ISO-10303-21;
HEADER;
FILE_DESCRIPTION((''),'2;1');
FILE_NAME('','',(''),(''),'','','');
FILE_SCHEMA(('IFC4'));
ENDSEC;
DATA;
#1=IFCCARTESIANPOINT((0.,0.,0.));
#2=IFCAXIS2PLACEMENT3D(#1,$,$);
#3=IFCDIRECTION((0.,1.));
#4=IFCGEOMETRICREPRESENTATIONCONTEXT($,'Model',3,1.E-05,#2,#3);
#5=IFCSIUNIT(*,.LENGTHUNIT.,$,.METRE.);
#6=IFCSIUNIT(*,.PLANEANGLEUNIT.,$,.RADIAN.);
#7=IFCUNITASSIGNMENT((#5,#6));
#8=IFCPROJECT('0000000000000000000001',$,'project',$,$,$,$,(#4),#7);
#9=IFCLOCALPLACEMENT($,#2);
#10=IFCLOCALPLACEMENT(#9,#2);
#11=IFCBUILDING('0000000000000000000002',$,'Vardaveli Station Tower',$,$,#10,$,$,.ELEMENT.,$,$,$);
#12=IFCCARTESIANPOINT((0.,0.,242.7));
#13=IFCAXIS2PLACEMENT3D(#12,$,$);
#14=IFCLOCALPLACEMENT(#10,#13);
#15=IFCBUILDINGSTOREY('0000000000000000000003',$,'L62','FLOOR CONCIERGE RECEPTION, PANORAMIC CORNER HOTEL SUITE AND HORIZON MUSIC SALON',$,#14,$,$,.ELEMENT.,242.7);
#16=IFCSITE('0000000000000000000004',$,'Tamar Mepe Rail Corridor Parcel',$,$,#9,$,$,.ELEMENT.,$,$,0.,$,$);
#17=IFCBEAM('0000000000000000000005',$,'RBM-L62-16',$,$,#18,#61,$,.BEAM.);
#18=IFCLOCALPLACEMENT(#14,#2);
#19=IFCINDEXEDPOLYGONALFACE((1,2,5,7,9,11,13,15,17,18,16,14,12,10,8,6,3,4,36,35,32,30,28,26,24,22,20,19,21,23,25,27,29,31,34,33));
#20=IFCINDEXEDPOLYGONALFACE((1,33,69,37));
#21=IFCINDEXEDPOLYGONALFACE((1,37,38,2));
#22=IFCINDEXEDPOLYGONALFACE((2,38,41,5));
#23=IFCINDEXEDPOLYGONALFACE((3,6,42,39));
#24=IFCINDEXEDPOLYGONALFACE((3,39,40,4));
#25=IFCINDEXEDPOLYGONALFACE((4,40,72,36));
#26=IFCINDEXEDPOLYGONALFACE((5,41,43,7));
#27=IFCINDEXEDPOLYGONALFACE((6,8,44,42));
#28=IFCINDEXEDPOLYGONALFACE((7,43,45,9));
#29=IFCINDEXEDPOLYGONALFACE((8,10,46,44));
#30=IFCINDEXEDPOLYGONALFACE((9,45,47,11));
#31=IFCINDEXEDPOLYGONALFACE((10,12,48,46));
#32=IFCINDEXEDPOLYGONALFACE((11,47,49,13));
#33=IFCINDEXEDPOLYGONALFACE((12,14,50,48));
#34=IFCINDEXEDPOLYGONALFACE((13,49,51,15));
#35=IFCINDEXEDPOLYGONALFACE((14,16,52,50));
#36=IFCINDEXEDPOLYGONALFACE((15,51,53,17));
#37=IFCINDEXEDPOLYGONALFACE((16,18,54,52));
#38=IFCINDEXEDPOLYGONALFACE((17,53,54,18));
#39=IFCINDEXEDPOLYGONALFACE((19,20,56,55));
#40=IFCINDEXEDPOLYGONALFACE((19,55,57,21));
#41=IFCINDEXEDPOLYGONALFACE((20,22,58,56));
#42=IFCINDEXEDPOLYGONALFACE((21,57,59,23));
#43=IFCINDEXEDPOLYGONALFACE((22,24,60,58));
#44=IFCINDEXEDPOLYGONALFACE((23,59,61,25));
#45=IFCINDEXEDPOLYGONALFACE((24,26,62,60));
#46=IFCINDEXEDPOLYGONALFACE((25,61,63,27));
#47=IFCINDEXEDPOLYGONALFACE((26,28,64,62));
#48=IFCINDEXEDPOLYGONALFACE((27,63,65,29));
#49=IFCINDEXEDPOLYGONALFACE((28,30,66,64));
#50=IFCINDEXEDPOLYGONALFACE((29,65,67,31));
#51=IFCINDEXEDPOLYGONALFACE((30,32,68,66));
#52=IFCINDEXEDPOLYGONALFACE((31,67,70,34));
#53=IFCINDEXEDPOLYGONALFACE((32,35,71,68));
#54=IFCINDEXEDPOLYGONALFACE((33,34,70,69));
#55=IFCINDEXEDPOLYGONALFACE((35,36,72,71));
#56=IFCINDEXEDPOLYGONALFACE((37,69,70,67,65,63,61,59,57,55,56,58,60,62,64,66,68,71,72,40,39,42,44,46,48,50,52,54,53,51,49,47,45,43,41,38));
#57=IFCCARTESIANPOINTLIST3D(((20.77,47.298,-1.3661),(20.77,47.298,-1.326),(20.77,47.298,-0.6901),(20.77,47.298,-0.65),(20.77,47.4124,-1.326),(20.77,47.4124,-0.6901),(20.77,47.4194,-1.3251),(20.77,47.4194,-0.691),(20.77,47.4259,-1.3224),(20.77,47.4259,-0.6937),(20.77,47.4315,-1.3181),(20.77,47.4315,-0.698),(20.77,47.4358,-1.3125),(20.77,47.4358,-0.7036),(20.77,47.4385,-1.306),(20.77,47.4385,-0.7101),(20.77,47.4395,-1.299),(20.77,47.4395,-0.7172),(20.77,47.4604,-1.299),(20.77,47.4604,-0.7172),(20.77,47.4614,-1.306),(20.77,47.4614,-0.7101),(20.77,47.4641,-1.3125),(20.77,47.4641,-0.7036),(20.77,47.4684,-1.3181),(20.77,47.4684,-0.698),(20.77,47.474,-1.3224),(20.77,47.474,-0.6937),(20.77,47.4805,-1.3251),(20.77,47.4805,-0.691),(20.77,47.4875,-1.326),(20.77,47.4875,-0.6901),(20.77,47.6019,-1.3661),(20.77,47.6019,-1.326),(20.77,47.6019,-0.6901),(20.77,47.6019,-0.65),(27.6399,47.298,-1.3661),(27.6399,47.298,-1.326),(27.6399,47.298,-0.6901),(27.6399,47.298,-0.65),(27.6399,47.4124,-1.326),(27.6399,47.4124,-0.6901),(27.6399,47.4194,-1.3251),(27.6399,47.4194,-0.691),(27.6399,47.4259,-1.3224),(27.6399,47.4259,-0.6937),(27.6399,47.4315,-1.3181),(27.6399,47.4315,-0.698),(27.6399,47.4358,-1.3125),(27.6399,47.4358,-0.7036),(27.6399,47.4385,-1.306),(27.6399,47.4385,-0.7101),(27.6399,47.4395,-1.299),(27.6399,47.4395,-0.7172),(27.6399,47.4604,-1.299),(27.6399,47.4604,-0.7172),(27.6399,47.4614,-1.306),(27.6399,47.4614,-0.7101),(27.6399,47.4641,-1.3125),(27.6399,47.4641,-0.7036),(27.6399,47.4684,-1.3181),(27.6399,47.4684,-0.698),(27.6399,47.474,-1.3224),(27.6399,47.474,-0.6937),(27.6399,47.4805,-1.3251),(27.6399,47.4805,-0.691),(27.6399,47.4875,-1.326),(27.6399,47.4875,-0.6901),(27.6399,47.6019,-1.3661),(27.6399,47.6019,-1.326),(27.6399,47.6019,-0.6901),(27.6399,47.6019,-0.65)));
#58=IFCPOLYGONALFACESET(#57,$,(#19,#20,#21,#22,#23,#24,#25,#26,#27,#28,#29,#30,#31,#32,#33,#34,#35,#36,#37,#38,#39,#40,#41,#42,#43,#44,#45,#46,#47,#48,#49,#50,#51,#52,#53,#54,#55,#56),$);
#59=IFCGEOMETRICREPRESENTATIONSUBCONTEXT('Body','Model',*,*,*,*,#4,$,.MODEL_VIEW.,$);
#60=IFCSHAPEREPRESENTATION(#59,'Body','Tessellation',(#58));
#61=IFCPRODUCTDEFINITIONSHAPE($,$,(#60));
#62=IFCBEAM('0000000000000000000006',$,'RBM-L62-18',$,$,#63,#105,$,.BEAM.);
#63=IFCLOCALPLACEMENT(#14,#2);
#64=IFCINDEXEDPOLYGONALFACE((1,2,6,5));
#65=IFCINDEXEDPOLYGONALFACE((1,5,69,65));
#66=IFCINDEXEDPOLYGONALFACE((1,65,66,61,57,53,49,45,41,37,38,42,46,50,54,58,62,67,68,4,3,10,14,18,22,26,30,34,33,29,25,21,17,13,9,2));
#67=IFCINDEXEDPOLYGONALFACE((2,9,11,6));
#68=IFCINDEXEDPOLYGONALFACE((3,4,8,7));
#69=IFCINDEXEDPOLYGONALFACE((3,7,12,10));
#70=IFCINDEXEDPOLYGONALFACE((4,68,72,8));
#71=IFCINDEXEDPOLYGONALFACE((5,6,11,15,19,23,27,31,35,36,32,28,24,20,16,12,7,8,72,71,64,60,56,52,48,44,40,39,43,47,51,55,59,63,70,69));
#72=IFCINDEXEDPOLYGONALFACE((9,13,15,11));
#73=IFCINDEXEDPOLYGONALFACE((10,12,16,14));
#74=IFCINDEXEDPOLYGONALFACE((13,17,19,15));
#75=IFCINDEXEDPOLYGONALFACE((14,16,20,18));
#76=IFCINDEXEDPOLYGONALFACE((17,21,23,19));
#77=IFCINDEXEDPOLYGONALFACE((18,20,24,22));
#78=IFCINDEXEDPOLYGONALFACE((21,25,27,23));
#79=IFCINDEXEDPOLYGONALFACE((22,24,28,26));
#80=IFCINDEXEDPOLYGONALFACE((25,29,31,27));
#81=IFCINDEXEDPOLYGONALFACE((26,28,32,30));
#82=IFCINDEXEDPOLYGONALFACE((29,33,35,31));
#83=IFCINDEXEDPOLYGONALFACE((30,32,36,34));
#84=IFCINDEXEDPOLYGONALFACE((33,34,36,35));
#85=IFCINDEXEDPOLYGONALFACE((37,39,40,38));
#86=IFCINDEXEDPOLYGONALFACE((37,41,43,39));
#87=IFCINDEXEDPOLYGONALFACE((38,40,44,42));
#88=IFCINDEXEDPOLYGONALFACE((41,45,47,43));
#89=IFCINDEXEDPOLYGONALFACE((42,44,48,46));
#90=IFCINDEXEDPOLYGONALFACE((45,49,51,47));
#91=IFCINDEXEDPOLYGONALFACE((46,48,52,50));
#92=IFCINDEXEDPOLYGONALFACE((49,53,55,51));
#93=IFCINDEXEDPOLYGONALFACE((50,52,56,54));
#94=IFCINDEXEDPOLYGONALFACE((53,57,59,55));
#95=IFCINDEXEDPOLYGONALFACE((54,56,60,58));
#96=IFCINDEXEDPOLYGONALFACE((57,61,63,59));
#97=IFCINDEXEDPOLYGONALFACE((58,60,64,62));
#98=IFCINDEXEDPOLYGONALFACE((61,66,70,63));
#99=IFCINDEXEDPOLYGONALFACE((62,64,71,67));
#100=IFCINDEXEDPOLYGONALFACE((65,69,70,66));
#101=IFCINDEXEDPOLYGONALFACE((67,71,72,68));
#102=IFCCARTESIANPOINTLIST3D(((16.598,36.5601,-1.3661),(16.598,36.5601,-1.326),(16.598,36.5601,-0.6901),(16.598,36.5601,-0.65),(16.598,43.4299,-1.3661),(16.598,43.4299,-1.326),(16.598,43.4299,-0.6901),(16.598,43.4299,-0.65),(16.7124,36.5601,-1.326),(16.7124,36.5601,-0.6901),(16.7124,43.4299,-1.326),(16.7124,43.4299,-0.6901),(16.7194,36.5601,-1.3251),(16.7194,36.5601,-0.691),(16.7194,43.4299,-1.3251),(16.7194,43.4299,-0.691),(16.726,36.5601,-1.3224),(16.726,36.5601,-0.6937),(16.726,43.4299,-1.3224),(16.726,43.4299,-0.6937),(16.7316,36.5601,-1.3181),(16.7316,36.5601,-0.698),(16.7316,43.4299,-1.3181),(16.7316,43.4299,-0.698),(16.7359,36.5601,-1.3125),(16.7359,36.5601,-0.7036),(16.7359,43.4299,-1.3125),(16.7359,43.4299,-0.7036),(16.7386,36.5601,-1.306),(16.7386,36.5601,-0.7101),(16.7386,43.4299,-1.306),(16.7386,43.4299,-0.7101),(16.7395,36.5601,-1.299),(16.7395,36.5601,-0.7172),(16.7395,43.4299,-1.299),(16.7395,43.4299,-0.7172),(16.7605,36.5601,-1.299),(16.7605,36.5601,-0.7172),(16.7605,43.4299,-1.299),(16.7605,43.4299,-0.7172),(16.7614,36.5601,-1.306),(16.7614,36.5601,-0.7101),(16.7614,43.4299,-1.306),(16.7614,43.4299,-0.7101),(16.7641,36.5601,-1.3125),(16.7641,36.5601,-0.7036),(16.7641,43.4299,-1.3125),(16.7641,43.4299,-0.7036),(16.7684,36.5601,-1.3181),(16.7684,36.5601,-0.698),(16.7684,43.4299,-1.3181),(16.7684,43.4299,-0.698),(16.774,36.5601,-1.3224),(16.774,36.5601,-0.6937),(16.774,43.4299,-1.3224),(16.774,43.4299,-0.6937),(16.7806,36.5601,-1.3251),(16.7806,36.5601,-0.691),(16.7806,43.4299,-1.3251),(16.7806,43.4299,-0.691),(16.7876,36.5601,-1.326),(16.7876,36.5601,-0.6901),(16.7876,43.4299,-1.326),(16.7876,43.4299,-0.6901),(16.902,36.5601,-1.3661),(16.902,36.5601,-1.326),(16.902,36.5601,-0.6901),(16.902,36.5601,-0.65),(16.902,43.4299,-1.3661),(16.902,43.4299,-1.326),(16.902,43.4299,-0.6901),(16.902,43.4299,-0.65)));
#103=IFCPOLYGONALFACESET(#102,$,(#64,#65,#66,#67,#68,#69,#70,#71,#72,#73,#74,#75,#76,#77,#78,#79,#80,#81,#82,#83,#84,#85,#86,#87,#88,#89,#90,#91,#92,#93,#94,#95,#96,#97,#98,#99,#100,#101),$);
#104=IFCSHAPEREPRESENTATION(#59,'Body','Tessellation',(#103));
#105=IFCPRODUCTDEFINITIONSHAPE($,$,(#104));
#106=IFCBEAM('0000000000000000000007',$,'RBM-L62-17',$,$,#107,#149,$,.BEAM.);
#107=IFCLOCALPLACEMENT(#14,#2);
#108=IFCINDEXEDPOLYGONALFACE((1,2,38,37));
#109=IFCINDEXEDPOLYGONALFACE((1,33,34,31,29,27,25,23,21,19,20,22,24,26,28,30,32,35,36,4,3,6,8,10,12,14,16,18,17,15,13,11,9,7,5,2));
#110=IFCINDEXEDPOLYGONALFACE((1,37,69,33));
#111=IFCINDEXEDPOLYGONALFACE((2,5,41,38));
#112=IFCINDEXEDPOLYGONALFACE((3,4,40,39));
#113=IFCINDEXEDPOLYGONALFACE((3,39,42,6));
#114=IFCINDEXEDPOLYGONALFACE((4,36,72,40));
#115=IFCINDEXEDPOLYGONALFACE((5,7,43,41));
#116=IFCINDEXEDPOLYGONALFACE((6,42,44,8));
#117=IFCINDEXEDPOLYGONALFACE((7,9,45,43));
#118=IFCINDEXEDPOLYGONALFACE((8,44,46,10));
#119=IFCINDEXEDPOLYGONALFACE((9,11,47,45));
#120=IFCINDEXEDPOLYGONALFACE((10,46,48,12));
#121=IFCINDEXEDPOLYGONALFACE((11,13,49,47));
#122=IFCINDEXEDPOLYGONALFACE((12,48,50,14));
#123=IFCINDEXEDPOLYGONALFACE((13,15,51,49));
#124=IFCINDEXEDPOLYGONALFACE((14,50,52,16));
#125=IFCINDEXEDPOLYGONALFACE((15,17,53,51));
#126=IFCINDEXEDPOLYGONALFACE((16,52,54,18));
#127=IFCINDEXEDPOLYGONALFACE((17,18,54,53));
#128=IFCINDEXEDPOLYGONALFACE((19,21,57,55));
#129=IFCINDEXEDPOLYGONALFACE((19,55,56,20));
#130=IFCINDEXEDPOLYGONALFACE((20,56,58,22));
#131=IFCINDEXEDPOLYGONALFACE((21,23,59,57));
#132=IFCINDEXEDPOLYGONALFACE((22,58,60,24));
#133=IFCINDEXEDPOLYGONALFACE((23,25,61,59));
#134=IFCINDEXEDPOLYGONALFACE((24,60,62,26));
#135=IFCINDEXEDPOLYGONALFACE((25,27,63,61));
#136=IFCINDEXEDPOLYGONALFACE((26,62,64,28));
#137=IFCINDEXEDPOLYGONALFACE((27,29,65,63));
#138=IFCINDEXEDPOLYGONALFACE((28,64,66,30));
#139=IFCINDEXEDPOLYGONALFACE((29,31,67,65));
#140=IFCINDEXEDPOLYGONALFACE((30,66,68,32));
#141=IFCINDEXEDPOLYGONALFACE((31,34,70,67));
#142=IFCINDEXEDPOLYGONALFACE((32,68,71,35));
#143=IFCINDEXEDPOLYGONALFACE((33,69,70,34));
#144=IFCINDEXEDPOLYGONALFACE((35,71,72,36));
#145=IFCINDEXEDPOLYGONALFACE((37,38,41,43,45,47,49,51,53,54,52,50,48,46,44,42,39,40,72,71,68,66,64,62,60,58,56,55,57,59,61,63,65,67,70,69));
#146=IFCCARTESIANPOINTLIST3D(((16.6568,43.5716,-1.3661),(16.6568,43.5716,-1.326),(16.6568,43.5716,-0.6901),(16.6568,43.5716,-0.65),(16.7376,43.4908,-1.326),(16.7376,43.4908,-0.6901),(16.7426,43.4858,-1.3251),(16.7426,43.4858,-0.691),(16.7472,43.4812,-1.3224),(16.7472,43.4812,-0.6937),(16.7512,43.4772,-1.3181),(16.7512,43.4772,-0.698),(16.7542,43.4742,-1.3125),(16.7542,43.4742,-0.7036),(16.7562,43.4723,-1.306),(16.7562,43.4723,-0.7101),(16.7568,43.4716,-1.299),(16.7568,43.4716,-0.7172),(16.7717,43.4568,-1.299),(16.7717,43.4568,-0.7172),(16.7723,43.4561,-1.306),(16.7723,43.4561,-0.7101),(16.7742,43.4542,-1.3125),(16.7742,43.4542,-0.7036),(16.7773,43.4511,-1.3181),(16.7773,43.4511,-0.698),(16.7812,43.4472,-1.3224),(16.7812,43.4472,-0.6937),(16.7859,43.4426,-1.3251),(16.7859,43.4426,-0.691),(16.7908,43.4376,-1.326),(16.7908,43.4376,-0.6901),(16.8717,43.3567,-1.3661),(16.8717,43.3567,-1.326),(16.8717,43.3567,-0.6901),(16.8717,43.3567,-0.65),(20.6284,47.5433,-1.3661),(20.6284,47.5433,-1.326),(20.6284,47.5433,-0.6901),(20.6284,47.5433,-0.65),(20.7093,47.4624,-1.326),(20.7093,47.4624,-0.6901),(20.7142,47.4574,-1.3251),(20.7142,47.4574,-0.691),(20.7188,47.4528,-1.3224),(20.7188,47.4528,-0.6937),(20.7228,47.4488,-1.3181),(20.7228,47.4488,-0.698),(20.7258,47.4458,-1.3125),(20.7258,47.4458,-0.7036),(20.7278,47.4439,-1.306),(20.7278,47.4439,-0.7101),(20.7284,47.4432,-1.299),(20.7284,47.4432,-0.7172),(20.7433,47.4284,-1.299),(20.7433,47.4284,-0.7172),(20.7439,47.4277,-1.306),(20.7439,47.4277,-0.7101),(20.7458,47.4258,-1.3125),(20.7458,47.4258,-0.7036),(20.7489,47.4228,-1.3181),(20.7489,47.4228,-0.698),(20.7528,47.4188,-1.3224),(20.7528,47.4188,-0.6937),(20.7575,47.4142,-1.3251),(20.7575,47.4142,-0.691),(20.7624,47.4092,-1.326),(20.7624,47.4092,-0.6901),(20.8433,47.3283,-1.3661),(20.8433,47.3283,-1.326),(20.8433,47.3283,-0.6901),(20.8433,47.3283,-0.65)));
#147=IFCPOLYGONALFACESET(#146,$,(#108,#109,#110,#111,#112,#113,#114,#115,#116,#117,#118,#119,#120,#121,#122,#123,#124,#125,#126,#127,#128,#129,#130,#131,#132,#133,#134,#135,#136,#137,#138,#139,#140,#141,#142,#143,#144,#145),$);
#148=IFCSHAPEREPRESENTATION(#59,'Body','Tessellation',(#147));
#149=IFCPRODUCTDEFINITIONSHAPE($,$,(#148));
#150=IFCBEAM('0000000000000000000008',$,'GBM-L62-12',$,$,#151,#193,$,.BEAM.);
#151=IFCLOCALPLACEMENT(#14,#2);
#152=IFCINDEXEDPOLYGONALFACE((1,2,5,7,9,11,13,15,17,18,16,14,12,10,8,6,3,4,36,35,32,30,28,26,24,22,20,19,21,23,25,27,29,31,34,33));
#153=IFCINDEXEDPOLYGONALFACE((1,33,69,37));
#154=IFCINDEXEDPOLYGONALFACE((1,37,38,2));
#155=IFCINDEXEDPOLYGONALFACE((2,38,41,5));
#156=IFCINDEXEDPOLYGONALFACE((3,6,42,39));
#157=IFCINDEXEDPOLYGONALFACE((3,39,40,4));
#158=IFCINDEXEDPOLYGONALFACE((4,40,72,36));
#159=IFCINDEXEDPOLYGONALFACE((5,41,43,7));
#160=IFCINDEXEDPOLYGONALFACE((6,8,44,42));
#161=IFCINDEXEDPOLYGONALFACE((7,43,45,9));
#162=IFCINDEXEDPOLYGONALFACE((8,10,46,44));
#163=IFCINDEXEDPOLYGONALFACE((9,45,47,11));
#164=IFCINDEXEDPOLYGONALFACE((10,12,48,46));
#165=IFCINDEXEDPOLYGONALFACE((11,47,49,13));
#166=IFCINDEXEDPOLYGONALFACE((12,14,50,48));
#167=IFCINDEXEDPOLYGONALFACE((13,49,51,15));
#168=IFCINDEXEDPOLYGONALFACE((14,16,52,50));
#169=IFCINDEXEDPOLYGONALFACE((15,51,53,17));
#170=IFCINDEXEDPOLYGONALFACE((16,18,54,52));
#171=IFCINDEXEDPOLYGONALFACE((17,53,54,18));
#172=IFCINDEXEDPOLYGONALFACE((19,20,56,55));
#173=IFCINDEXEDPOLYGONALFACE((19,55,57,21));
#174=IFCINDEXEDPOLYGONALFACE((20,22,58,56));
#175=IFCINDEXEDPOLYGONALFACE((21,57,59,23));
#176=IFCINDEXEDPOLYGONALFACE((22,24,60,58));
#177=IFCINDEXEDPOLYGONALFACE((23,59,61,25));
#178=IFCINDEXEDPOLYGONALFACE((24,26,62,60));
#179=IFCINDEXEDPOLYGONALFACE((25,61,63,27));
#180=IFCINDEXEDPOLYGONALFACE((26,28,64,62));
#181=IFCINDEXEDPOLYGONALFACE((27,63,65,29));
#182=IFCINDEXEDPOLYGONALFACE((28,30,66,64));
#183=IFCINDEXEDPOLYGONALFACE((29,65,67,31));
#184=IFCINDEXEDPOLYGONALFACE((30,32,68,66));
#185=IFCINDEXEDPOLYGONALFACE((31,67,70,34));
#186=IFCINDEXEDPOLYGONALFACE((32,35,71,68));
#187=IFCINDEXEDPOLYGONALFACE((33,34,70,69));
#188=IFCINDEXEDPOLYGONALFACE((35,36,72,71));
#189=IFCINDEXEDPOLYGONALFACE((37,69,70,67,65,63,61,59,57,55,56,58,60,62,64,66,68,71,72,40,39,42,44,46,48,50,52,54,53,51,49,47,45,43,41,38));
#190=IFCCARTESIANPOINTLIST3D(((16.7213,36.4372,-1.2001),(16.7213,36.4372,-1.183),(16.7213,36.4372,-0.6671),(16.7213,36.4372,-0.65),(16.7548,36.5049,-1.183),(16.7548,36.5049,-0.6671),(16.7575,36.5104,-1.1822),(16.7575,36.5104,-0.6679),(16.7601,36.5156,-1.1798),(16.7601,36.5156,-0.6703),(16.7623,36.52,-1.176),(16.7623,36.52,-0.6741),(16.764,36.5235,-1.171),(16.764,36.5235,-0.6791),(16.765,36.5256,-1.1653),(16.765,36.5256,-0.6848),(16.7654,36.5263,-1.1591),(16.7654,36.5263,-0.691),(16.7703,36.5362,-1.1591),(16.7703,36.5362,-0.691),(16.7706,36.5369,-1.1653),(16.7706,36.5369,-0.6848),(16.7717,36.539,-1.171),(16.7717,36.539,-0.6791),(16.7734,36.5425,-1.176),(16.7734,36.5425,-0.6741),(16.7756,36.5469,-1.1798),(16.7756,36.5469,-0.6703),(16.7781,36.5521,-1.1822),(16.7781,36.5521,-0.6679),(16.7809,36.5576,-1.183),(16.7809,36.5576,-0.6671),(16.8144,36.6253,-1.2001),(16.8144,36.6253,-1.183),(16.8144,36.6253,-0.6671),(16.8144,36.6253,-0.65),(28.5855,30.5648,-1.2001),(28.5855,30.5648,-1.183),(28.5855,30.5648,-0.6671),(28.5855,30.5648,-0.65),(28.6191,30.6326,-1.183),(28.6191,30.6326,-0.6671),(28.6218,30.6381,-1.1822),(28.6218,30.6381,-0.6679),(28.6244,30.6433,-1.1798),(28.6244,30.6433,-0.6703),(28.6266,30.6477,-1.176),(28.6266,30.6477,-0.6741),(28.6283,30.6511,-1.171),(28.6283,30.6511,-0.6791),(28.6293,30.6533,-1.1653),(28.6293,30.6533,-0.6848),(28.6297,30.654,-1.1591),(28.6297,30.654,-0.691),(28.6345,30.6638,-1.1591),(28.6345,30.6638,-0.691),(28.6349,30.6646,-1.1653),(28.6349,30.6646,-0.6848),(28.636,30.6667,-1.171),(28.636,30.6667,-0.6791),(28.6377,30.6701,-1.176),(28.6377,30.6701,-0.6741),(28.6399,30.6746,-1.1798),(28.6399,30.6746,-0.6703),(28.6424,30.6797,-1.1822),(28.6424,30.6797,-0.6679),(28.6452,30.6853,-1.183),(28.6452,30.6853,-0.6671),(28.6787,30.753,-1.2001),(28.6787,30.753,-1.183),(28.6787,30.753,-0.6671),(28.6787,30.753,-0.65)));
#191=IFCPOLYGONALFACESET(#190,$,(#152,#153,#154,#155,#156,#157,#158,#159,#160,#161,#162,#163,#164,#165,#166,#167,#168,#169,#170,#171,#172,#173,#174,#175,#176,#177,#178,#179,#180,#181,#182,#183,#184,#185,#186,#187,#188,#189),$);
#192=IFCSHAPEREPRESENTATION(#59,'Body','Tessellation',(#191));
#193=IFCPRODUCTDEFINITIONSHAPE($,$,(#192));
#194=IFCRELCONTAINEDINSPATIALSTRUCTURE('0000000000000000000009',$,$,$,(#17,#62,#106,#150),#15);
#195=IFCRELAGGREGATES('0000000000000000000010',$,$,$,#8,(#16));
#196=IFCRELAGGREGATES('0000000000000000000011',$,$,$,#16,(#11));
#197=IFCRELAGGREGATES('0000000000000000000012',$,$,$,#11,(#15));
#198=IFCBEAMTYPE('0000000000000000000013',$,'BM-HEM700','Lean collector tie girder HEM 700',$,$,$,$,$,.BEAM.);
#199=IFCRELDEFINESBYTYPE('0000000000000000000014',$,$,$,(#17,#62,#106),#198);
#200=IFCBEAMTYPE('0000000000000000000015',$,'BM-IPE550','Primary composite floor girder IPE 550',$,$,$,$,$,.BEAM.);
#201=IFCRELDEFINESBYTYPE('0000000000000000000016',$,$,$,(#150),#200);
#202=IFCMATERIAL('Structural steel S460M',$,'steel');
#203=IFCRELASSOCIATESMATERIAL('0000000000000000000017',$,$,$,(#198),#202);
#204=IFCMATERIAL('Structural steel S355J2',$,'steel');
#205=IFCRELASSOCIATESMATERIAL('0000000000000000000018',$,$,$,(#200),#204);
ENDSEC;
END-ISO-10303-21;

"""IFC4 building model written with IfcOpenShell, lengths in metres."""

from ifc_helpers import new_model, si_unit, direction, frame, origin, origin_2d, place, context, subcontext, project, spatial, i_section, extrude, source, transform, mapped, material, material_profile, profile_set, type_object, element, save


model = new_model("IFC4")

# Units and contexts
model_context = context("Model", 3, precision=1e-05, world=origin(), true_north=direction((0.0, 1.0)))
body_context = subcontext(model_context, "Body", "Model", "MODEL_VIEW")
ifc_project = project(units=[si_unit("LENGTHUNIT", "METRE"), si_unit("PLANEANGLEUNIT", "RADIAN")], contexts=[model_context])

# Site, building, storey
site_placement = place(None, origin())
site = spatial("IfcSite", under=ifc_project, at=site_placement, Name="Tamar Mepe Rail Corridor Parcel", CompositionType="ELEMENT", RefElevation=0.0)
building_placement = place(site_placement, origin())
building = spatial("IfcBuilding", under=site, at=building_placement, Name="Vardaveli Station Tower", CompositionType="ELEMENT")
storey_placement = place(building_placement, frame((0.0, 0.0, 242.7)))
storey = spatial("IfcBuildingStorey", under=building, at=storey_placement, Name="L62", Description="FLOOR CONCIERGE RECEPTION, PANORAMIC CORNER HOTEL SUITE AND HORIZON MUSIC SALON", CompositionType="ELEMENT", Elevation=242.7)

# Shared definitions
ifc_material_1 = material(Name="Structural steel S460M", Category="steel")

# Beams
ifc_material_profile_1 = material_profile(ifc_material_1, i_section(OverallWidth=0.304, OverallDepth=0.7161, WebThickness=0.021, FlangeThickness=0.04, FilletRadius=0.0271, at=origin_2d()), Name="HEM 700")
ifc_profile_set_1 = profile_set([ifc_material_profile_1], Name="Structural steel S460M")
beam_type_1 = type_object("IfcBeamType", Name="BM-HEM700", Description="Lean collector tie girder HEM 700", PredefinedType="BEAM", material=ifc_profile_set_1)
shared_shape_1 = source(origin(), body_context, "Body", "SweptSolid", [
    extrude(i_section(OverallWidth=0.304, OverallDepth=0.7161, WebThickness=0.021, FlangeThickness=0.04, FilletRadius=0.0271, at=origin_2d()), origin(), (0.0, 0.0, 1.0), 6.8699),
])
for number, where, z_axis, x_axis, name in (
    (1, (27.6399, 47.45, -1.0081), (-1.0, 0.0, 0.0), (0.0, -1.0, 0.0), "RBM-L62-16"),
    (2, (16.75, 43.4299, -1.0081), (0.0, -1.0, 0.0), (1.0, 0.0, 0.0), "RBM-L62-18"),
):
    element("IfcBeam", number, at=place(storey_placement, frame(where, z_axis=z_axis, x_axis=x_axis)), inside=storey, type_object=beam_type_1, Name=name, PredefinedType="BEAM", context=body_context, shape_type="MappedRepresentation", body=[
        mapped(shared_shape_1, transform((0.0, 0.0, 0.0), scale=1.0)),
    ])
shared_shape_2 = source(origin(), body_context, "Body", "SweptSolid", [
    extrude(i_section(OverallWidth=0.304, OverallDepth=0.7161, WebThickness=0.021, FlangeThickness=0.04, FilletRadius=0.0271, at=origin_2d()), origin(), (0.0, 0.0, 1.0), 5.6167),
])
beam_1_placement = place(storey_placement, frame((20.7358, 47.4358, -1.0081), z_axis=(-0.707107, -0.707107, 0.0), x_axis=(0.707107, -0.707107, 0.0)))
element("IfcBeam", 3, at=beam_1_placement, inside=storey, type_object=beam_type_1, Name="RBM-L62-17", PredefinedType="BEAM", context=body_context, shape_type="MappedRepresentation", body=[
    mapped(shared_shape_2, transform((0.0, 0.0, 0.0), scale=1.0)),
])
ifc_material_2 = material(Name="Structural steel S355J2", Category="steel")
ifc_material_profile_2 = material_profile(ifc_material_2, i_section(OverallWidth=0.21, OverallDepth=0.55, WebThickness=0.011, FlangeThickness=0.0171, FilletRadius=0.0239, at=origin_2d()), Name="IPE 550")
ifc_profile_set_2 = profile_set([ifc_material_profile_2], Name="Structural steel S355J2")
beam_type_2 = type_object("IfcBeamType", Name="BM-IPE550", Description="Primary composite floor girder IPE 550", PredefinedType="BEAM", material=ifc_profile_set_2)
shared_shape_3 = source(origin(), body_context, "Body", "SweptSolid", [
    extrude(i_section(OverallWidth=0.21, OverallDepth=0.55, WebThickness=0.011, FlangeThickness=0.0171, FilletRadius=0.0239, at=origin_2d()), origin(), (0.0, 0.0, 1.0), 13.238),
])
beam_2_placement = place(storey_placement, frame((16.7678, 36.5312, -0.925), z_axis=(0.896227, -0.443595, 0.0), x_axis=(0.443595, 0.896227, 0.0)))
element("IfcBeam", 4, at=beam_2_placement, inside=storey, type_object=beam_type_2, Name="GBM-L62-12", PredefinedType="BEAM", context=body_context, shape_type="MappedRepresentation", body=[
    mapped(shared_shape_3, transform((0.0, 0.0, 0.0), scale=1.0)),
])

save(model, "model.ifc")
